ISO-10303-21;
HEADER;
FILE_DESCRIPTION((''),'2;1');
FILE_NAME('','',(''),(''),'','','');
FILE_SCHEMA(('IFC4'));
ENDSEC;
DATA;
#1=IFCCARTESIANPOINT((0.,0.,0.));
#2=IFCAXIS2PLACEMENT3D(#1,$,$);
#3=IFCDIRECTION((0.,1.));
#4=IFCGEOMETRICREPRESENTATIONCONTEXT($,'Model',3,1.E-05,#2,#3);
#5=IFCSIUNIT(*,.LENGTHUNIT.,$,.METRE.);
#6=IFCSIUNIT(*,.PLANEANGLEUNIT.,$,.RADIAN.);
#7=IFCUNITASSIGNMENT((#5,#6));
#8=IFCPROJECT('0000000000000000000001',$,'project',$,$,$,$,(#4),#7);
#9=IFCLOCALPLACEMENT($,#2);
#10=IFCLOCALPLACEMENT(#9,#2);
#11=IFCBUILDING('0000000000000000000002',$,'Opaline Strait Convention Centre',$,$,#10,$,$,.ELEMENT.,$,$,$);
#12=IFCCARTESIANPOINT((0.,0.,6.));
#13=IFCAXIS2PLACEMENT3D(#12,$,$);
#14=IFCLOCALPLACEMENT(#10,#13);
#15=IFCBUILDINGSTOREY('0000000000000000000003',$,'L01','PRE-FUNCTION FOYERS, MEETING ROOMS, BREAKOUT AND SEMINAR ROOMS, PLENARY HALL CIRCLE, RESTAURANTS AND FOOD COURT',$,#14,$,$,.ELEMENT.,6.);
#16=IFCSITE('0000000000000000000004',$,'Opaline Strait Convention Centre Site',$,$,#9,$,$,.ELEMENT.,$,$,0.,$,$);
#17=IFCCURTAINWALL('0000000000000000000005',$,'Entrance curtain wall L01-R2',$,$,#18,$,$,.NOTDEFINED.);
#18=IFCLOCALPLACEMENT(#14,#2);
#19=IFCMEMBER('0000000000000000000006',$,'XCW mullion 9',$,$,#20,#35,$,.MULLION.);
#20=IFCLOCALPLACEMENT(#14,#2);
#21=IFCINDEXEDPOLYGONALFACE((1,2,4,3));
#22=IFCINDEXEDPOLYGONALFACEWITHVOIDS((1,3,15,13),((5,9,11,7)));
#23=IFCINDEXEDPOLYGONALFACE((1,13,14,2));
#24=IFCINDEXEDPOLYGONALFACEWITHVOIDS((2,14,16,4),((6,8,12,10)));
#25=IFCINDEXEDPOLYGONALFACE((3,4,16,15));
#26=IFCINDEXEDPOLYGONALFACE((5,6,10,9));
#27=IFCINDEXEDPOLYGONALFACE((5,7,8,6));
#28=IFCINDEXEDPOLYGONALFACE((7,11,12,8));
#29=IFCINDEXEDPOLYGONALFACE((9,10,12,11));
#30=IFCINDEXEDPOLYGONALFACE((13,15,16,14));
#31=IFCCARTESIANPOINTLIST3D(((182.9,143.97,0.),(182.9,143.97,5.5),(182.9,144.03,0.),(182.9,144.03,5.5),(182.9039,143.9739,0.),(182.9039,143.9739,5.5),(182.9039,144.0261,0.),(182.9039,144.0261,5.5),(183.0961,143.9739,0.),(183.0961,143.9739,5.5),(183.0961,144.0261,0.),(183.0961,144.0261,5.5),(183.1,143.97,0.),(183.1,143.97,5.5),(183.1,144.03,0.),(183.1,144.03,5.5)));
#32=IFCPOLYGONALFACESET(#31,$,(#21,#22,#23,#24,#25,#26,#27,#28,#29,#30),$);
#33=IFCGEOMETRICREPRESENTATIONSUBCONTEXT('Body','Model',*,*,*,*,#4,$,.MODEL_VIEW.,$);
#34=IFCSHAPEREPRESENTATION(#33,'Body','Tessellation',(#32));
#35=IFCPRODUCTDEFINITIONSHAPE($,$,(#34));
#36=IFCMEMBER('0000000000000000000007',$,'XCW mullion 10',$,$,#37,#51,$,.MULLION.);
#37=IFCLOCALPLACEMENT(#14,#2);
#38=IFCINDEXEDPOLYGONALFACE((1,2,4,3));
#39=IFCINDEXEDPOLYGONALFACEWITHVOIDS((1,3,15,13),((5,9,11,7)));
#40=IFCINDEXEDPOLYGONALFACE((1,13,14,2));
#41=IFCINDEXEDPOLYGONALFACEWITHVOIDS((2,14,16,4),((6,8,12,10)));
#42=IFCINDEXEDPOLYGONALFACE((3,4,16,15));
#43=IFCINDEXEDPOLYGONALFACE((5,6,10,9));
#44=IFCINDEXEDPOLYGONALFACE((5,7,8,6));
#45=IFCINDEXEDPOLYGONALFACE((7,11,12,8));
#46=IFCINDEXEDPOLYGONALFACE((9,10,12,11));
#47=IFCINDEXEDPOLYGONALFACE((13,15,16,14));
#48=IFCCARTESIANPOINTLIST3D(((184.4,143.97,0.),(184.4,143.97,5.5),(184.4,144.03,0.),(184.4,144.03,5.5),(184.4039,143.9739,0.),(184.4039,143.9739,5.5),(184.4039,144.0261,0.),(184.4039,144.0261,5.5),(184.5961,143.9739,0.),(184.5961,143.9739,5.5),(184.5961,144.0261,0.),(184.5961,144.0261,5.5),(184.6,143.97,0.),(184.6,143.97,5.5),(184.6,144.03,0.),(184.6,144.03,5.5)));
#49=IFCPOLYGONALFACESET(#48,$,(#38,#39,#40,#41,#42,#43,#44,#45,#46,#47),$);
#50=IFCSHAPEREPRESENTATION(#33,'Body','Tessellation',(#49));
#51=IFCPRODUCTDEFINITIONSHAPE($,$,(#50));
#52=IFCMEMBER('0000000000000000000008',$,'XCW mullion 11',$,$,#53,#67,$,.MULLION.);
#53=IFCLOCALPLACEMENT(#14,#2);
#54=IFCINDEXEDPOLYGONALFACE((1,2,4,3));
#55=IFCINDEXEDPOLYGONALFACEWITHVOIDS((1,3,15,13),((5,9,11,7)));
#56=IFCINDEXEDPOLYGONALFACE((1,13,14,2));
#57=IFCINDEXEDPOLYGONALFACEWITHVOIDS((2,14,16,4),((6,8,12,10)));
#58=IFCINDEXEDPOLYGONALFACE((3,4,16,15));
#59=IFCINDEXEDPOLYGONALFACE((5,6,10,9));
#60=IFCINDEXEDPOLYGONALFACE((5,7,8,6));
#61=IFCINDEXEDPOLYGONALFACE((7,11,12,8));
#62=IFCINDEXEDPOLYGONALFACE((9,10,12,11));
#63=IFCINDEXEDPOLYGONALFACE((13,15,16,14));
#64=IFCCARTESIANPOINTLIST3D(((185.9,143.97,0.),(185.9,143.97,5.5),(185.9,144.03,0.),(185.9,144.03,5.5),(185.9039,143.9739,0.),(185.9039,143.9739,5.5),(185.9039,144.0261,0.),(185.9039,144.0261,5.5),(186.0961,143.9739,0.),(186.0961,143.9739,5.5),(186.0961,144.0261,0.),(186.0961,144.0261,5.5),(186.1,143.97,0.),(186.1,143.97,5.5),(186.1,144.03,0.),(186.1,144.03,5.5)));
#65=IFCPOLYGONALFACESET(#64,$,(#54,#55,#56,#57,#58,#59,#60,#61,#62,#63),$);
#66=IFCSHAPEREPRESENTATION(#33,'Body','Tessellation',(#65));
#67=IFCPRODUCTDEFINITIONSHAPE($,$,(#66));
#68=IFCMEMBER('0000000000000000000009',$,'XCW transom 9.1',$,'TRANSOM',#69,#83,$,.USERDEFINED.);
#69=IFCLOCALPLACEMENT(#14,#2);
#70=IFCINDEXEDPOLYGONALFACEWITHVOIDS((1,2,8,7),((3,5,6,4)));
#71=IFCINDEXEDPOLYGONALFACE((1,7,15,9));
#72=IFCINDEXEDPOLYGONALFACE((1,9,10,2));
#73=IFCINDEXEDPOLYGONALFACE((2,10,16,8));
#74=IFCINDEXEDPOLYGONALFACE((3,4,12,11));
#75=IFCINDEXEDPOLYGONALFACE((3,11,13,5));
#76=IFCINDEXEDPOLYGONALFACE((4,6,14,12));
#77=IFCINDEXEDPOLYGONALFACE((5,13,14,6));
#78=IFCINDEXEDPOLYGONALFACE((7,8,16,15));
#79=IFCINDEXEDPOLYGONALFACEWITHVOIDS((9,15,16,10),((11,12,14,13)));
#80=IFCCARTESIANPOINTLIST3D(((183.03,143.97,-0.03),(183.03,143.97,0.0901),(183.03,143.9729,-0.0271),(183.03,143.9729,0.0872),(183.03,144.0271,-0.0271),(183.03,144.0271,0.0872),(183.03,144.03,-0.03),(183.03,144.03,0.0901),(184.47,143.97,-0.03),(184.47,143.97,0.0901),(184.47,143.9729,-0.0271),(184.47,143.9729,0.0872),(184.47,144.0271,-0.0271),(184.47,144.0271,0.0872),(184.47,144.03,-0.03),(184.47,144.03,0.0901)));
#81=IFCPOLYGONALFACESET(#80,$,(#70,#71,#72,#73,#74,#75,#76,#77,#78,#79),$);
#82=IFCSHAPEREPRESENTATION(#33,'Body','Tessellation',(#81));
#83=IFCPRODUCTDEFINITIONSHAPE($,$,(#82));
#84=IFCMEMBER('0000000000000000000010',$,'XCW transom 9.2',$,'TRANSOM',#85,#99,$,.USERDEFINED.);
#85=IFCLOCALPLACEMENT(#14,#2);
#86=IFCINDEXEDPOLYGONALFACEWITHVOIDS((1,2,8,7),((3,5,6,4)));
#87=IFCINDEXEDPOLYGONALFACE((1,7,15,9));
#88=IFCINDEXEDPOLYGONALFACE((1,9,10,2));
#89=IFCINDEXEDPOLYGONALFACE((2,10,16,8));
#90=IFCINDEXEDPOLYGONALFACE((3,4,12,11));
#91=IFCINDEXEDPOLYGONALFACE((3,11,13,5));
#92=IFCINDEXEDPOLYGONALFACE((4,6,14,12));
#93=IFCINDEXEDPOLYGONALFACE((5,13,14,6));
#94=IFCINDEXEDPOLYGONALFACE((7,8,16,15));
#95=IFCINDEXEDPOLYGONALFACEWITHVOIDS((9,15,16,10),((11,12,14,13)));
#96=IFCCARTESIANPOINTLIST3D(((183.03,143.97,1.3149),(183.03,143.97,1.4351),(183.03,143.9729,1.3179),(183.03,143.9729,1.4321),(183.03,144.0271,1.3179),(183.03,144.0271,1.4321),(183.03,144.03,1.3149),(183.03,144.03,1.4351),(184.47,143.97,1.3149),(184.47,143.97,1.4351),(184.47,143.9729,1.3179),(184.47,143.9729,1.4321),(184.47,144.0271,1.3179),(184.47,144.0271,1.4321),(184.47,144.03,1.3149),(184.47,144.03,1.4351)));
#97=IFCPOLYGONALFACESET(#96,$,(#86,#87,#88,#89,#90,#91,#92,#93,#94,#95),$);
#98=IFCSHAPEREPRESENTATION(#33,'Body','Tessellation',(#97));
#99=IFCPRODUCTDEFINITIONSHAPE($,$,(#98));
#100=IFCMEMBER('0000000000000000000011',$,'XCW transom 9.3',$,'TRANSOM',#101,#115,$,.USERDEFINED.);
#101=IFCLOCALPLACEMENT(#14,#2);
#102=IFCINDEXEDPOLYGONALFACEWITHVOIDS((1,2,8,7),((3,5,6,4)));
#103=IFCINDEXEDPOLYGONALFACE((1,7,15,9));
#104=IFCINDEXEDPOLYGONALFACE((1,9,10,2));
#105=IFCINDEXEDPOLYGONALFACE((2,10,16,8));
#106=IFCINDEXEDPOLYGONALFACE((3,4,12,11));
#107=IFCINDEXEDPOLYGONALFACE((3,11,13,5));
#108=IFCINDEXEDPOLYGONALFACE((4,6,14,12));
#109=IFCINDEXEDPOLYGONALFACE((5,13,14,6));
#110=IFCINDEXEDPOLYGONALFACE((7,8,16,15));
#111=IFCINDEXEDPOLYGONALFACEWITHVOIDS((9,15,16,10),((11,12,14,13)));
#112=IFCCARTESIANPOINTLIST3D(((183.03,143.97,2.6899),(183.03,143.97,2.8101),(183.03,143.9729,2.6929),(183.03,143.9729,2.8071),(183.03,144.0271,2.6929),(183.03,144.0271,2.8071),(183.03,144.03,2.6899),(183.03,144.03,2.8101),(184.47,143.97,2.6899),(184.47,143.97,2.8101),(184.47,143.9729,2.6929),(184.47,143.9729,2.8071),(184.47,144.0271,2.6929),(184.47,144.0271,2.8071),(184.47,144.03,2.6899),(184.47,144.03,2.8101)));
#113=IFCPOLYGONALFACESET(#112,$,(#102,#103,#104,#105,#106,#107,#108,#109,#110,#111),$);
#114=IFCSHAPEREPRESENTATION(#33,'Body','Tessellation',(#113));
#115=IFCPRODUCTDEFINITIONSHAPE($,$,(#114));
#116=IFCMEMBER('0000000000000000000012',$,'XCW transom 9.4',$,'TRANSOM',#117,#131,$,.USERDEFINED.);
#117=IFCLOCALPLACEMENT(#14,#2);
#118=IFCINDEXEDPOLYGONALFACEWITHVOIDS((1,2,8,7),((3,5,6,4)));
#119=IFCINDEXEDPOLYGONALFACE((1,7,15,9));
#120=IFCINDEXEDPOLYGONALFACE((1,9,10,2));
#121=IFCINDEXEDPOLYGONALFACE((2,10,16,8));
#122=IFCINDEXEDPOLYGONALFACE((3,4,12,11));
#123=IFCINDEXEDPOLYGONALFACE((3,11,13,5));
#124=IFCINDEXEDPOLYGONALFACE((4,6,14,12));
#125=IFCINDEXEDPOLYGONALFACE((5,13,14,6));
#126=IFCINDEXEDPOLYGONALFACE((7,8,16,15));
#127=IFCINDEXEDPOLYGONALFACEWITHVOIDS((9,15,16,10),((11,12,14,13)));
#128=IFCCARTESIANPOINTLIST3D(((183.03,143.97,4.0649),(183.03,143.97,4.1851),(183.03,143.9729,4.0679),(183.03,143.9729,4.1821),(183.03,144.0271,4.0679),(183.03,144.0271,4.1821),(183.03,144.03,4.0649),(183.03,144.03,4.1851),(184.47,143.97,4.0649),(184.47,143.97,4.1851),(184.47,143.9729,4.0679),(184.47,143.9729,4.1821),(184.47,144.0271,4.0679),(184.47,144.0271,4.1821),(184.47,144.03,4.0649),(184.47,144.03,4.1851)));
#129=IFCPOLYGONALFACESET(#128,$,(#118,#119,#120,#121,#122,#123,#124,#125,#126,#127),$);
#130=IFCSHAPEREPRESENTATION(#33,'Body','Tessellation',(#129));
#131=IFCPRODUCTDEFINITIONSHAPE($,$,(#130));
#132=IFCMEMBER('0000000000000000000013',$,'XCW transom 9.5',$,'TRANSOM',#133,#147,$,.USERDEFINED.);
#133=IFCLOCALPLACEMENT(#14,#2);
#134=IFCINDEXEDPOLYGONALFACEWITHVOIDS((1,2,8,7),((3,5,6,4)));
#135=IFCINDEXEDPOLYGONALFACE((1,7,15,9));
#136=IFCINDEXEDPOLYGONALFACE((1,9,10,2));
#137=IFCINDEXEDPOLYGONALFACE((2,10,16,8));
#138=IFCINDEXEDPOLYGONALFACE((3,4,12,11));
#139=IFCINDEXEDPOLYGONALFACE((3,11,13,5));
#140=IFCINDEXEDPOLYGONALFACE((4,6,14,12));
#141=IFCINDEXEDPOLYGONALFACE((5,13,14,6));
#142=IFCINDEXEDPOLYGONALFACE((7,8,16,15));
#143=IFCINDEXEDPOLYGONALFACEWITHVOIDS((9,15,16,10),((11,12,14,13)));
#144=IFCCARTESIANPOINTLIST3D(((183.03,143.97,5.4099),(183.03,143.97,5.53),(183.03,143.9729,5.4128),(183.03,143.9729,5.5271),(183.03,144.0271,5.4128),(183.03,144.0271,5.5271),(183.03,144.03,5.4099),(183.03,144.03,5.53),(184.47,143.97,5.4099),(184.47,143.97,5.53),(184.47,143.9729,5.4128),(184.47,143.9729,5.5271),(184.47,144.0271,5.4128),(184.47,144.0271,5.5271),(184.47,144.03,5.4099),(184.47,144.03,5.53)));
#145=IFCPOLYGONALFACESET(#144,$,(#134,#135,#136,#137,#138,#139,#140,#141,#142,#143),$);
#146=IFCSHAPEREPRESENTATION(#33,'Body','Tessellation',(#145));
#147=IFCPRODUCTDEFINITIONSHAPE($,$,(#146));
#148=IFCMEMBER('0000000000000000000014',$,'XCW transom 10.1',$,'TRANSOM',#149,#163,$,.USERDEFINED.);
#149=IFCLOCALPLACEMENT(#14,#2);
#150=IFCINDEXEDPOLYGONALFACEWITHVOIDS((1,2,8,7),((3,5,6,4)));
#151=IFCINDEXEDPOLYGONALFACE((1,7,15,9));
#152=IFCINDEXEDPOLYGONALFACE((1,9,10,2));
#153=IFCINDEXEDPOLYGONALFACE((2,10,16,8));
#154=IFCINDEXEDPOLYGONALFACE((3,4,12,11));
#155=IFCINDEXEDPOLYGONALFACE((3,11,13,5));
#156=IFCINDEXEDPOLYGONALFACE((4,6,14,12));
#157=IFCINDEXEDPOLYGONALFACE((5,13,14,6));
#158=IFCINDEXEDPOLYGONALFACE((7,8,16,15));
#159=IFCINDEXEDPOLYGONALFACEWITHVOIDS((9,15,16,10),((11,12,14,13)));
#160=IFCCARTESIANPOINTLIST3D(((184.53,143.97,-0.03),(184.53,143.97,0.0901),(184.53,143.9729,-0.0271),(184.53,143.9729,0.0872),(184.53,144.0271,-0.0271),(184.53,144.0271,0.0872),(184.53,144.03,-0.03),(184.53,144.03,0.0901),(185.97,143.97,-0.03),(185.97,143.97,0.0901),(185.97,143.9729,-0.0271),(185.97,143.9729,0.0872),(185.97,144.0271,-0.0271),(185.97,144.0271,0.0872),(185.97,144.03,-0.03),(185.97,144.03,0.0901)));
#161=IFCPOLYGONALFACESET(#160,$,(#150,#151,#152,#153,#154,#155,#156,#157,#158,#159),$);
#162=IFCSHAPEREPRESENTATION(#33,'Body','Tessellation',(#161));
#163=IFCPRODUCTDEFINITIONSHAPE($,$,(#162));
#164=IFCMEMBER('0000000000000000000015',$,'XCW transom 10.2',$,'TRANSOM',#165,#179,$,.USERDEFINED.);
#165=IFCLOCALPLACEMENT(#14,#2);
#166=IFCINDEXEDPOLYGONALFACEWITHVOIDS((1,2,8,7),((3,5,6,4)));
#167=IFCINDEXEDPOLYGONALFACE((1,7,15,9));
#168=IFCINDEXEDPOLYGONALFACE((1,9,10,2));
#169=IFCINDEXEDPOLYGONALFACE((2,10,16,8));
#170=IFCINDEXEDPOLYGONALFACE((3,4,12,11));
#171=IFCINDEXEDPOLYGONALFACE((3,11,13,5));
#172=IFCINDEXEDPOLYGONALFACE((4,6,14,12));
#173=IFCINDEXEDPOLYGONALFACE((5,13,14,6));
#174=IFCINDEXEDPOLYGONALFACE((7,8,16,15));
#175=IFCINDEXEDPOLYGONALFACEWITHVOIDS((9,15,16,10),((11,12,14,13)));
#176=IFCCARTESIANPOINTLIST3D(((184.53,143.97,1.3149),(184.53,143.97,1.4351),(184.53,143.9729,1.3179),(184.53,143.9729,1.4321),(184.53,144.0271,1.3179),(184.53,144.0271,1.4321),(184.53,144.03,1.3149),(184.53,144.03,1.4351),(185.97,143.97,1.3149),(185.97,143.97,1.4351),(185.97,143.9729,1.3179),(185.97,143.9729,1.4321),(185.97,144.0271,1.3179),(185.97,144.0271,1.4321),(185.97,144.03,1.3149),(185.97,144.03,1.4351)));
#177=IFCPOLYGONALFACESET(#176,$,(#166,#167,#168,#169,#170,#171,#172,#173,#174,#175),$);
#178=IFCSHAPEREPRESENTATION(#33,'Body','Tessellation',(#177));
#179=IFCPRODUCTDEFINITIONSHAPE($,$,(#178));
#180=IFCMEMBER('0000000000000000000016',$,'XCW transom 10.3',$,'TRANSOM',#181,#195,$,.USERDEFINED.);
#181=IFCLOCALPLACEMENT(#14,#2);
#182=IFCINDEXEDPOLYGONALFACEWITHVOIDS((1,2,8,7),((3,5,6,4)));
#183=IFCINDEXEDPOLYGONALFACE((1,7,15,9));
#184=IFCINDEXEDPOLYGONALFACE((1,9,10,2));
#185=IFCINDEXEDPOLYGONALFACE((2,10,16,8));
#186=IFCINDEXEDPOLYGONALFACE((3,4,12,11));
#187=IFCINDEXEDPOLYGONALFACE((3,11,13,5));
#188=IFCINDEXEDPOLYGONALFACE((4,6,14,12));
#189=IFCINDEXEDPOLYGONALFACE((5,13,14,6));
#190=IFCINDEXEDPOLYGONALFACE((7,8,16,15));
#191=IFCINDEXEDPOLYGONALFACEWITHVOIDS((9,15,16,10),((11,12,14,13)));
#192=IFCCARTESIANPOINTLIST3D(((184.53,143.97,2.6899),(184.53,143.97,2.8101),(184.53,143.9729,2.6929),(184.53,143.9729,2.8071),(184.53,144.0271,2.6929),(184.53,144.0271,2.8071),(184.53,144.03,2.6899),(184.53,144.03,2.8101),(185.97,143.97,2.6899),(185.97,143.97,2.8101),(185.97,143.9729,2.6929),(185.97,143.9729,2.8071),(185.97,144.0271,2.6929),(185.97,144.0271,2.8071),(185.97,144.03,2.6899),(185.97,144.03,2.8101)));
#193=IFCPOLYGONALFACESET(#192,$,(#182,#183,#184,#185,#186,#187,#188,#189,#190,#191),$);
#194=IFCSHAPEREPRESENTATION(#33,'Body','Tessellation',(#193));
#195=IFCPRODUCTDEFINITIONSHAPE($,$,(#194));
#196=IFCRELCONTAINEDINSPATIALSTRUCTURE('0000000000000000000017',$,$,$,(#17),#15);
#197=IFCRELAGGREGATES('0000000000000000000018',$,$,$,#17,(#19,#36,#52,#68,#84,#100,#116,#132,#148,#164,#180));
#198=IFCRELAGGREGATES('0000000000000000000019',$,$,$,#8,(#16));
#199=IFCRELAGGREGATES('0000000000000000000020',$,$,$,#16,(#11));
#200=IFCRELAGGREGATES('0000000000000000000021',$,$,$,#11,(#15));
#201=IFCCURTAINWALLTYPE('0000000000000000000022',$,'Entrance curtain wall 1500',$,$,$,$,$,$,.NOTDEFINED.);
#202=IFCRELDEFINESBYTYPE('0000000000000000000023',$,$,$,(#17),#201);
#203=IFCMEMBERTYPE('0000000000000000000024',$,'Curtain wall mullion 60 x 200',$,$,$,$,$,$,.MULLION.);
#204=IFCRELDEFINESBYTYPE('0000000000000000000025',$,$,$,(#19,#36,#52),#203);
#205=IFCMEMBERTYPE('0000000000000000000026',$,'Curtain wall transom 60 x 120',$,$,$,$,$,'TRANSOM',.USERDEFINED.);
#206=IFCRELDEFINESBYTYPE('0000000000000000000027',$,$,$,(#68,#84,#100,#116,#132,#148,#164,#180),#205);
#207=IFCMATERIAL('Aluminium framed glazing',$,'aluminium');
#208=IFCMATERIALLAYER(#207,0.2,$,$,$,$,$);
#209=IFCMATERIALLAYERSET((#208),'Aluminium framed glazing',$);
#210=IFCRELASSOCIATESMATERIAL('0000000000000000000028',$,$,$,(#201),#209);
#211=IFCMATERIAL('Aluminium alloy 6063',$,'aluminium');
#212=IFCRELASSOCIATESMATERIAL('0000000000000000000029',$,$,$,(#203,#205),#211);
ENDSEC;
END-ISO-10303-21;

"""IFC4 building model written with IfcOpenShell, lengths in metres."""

from ifc_helpers import new_model, si_unit, direction, frame, origin, origin_2d, place, context, subcontext, project, spatial, hollow_rectangle, extrude, material, layer, layer_set, material_profile, profile_set, type_object, element, aggregate, save


model = new_model("IFC4")

# Units and contexts
model_context = context("Model", 3, precision=1e-05, world=origin(), true_north=direction((0.0, 1.0)))
body_context = subcontext(model_context, "Body", "Model", "MODEL_VIEW")
ifc_project = project(units=[si_unit("LENGTHUNIT", "METRE"), si_unit("PLANEANGLEUNIT", "RADIAN")], contexts=[model_context])

# Site, building, storey
site_placement = place(None, origin())
site = spatial("IfcSite", under=ifc_project, at=site_placement, Name="Opaline Strait Convention Centre Site", CompositionType="ELEMENT", RefElevation=0.0)
building_placement = place(site_placement, origin())
building = spatial("IfcBuilding", under=site, at=building_placement, Name="Opaline Strait Convention Centre", CompositionType="ELEMENT")
storey_placement = place(building_placement, frame((0.0, 0.0, 6.0)))
storey = spatial("IfcBuildingStorey", under=building, at=storey_placement, Name="L01", Description="PRE-FUNCTION FOYERS, MEETING ROOMS, BREAKOUT AND SEMINAR ROOMS, PLENARY HALL CIRCLE, RESTAURANTS AND FOOD COURT", CompositionType="ELEMENT", Elevation=6.0)

# Curtain wall, members
ifc_material_1 = material(Name="Aluminium framed glazing", Category="aluminium")
ifc_layer_1 = layer(ifc_material_1, 0.2)
ifc_layer_set_1 = layer_set([ifc_layer_1], Name="Aluminium framed glazing")
curtain_wall_type = type_object("IfcCurtainWallType", Name="Entrance curtain wall 1500", PredefinedType="NOTDEFINED", material=ifc_layer_set_1)
curtain_wall_placement = place(storey_placement, origin())
curtain_wall = element("IfcCurtainWall", 1, at=curtain_wall_placement, inside=storey, type_object=curtain_wall_type, Name="Entrance curtain wall L01-R2", PredefinedType="NOTDEFINED")
ifc_material_2 = material(Name="Aluminium alloy 6063", Category="aluminium")
ifc_material_profile_1 = material_profile(ifc_material_2, hollow_rectangle(XDim=0.0601, YDim=0.2, WallThickness=0.0039, at=origin_2d()), Name="MULLION 60x200x4")
ifc_profile_set_1 = profile_set([ifc_material_profile_1], Name="Aluminium alloy 6063")
member_type_1 = type_object("IfcMemberType", Name="Curtain wall mullion 60 x 200", PredefinedType="MULLION", material=ifc_profile_set_1)
member_1_placement = place(storey_placement, frame((183.0, 144.0, 0.0), z_axis=(0.0, 0.0, 1.0), x_axis=(0.0, 1.0, 0.0)))
member_1 = element("IfcMember", 2, at=member_1_placement, type_object=member_type_1, Name="XCW mullion 9", PredefinedType="MULLION", context=body_context, shape_type="SweptSolid", body=[
    extrude(hollow_rectangle(XDim=0.0601, YDim=0.2, WallThickness=0.0039, at=origin_2d()), origin(), (0.0, 0.0, 1.0), 5.5),
])
member_2_placement = place(storey_placement, frame((184.5, 144.0, 0.0), z_axis=(0.0, 0.0, 1.0), x_axis=(0.0, 1.0, 0.0)))
member_2 = element("IfcMember", 3, at=member_2_placement, type_object=member_type_1, Name="XCW mullion 10", PredefinedType="MULLION", context=body_context, shape_type="SweptSolid", body=[
    extrude(hollow_rectangle(XDim=0.0601, YDim=0.2, WallThickness=0.0039, at=origin_2d()), origin(), (0.0, 0.0, 1.0), 5.5),
])
member_3_placement = place(storey_placement, frame((186.0, 144.0, 0.0), z_axis=(0.0, 0.0, 1.0), x_axis=(0.0, 1.0, 0.0)))
member_3 = element("IfcMember", 4, at=member_3_placement, type_object=member_type_1, Name="XCW mullion 11", PredefinedType="MULLION", context=body_context, shape_type="SweptSolid", body=[
    extrude(hollow_rectangle(XDim=0.0601, YDim=0.2, WallThickness=0.0039, at=origin_2d()), origin(), (0.0, 0.0, 1.0), 5.5),
])
ifc_material_profile_2 = material_profile(ifc_material_2, hollow_rectangle(XDim=0.0601, YDim=0.1201, WallThickness=0.0029, at=origin_2d()), Name="TRANSOM 60x120x3")
ifc_profile_set_2 = profile_set([ifc_material_profile_2], Name="Aluminium alloy 6063")
member_type_2 = type_object("IfcMemberType", Name="Curtain wall transom 60 x 120", ElementType="TRANSOM", PredefinedType="USERDEFINED", material=ifc_profile_set_2)
member_4_placement = place(storey_placement, frame((183.03, 144.0, 0.03), z_axis=(1.0, 0.0, 0.0), x_axis=(0.0, 1.0, 0.0)))
member_4 = element("IfcMember", 5, at=member_4_placement, type_object=member_type_2, Name="XCW transom 9.1", ObjectType="TRANSOM", PredefinedType="USERDEFINED", context=body_context, shape_type="SweptSolid", body=[
    extrude(hollow_rectangle(XDim=0.0601, YDim=0.1201, WallThickness=0.0029, at=origin_2d()), origin(), (0.0, 0.0, 1.0), 1.4399),
])
member_5_placement = place(storey_placement, frame((183.03, 144.0, 1.375), z_axis=(1.0, 0.0, 0.0), x_axis=(0.0, 1.0, 0.0)))
member_5 = element("IfcMember", 6, at=member_5_placement, type_object=member_type_2, Name="XCW transom 9.2", ObjectType="TRANSOM", PredefinedType="USERDEFINED", context=body_context, shape_type="SweptSolid", body=[
    extrude(hollow_rectangle(XDim=0.0601, YDim=0.1201, WallThickness=0.0029, at=origin_2d()), origin(), (0.0, 0.0, 1.0), 1.4399),
])
member_6_placement = place(storey_placement, frame((183.03, 144.0, 2.75), z_axis=(1.0, 0.0, 0.0), x_axis=(0.0, 1.0, 0.0)))
member_6 = element("IfcMember", 7, at=member_6_placement, type_object=member_type_2, Name="XCW transom 9.3", ObjectType="TRANSOM", PredefinedType="USERDEFINED", context=body_context, shape_type="SweptSolid", body=[
    extrude(hollow_rectangle(XDim=0.0601, YDim=0.1201, WallThickness=0.0029, at=origin_2d()), origin(), (0.0, 0.0, 1.0), 1.4399),
])
member_7_placement = place(storey_placement, frame((183.03, 144.0, 4.125), z_axis=(1.0, 0.0, 0.0), x_axis=(0.0, 1.0, 0.0)))
member_7 = element("IfcMember", 8, at=member_7_placement, type_object=member_type_2, Name="XCW transom 9.4", ObjectType="TRANSOM", PredefinedType="USERDEFINED", context=body_context, shape_type="SweptSolid", body=[
    extrude(hollow_rectangle(XDim=0.0601, YDim=0.1201, WallThickness=0.0029, at=origin_2d()), origin(), (0.0, 0.0, 1.0), 1.4399),
])
member_8_placement = place(storey_placement, frame((183.03, 144.0, 5.47), z_axis=(1.0, 0.0, 0.0), x_axis=(0.0, 1.0, 0.0)))
member_8 = element("IfcMember", 9, at=member_8_placement, type_object=member_type_2, Name="XCW transom 9.5", ObjectType="TRANSOM", PredefinedType="USERDEFINED", context=body_context, shape_type="SweptSolid", body=[
    extrude(hollow_rectangle(XDim=0.0601, YDim=0.1201, WallThickness=0.0029, at=origin_2d()), origin(), (0.0, 0.0, 1.0), 1.4399),
])
member_9_placement = place(storey_placement, frame((184.53, 144.0, 0.03), z_axis=(1.0, 0.0, 0.0), x_axis=(0.0, 1.0, 0.0)))
member_9 = element("IfcMember", 10, at=member_9_placement, type_object=member_type_2, Name="XCW transom 10.1", ObjectType="TRANSOM", PredefinedType="USERDEFINED", context=body_context, shape_type="SweptSolid", body=[
    extrude(hollow_rectangle(XDim=0.0601, YDim=0.1201, WallThickness=0.0029, at=origin_2d()), origin(), (0.0, 0.0, 1.0), 1.4399),
])
member_10_placement = place(storey_placement, frame((184.53, 144.0, 1.375), z_axis=(1.0, 0.0, 0.0), x_axis=(0.0, 1.0, 0.0)))
member_10 = element("IfcMember", 11, at=member_10_placement, type_object=member_type_2, Name="XCW transom 10.2", ObjectType="TRANSOM", PredefinedType="USERDEFINED", context=body_context, shape_type="SweptSolid", body=[
    extrude(hollow_rectangle(XDim=0.0601, YDim=0.1201, WallThickness=0.0029, at=origin_2d()), origin(), (0.0, 0.0, 1.0), 1.4399),
])
member_11_placement = place(storey_placement, frame((184.53, 144.0, 2.75), z_axis=(1.0, 0.0, 0.0), x_axis=(0.0, 1.0, 0.0)))
member_11 = element("IfcMember", 12, at=member_11_placement, type_object=member_type_2, Name="XCW transom 10.3", ObjectType="TRANSOM", PredefinedType="USERDEFINED", context=body_context, shape_type="SweptSolid", body=[
    extrude(hollow_rectangle(XDim=0.0601, YDim=0.1201, WallThickness=0.0029, at=origin_2d()), origin(), (0.0, 0.0, 1.0), 1.4399),
])
aggregate(curtain_wall, [member_1, member_2, member_3, member_4, member_5, member_6, member_7, member_8, member_9, member_10, member_11])

save(model, "model.ifc")
